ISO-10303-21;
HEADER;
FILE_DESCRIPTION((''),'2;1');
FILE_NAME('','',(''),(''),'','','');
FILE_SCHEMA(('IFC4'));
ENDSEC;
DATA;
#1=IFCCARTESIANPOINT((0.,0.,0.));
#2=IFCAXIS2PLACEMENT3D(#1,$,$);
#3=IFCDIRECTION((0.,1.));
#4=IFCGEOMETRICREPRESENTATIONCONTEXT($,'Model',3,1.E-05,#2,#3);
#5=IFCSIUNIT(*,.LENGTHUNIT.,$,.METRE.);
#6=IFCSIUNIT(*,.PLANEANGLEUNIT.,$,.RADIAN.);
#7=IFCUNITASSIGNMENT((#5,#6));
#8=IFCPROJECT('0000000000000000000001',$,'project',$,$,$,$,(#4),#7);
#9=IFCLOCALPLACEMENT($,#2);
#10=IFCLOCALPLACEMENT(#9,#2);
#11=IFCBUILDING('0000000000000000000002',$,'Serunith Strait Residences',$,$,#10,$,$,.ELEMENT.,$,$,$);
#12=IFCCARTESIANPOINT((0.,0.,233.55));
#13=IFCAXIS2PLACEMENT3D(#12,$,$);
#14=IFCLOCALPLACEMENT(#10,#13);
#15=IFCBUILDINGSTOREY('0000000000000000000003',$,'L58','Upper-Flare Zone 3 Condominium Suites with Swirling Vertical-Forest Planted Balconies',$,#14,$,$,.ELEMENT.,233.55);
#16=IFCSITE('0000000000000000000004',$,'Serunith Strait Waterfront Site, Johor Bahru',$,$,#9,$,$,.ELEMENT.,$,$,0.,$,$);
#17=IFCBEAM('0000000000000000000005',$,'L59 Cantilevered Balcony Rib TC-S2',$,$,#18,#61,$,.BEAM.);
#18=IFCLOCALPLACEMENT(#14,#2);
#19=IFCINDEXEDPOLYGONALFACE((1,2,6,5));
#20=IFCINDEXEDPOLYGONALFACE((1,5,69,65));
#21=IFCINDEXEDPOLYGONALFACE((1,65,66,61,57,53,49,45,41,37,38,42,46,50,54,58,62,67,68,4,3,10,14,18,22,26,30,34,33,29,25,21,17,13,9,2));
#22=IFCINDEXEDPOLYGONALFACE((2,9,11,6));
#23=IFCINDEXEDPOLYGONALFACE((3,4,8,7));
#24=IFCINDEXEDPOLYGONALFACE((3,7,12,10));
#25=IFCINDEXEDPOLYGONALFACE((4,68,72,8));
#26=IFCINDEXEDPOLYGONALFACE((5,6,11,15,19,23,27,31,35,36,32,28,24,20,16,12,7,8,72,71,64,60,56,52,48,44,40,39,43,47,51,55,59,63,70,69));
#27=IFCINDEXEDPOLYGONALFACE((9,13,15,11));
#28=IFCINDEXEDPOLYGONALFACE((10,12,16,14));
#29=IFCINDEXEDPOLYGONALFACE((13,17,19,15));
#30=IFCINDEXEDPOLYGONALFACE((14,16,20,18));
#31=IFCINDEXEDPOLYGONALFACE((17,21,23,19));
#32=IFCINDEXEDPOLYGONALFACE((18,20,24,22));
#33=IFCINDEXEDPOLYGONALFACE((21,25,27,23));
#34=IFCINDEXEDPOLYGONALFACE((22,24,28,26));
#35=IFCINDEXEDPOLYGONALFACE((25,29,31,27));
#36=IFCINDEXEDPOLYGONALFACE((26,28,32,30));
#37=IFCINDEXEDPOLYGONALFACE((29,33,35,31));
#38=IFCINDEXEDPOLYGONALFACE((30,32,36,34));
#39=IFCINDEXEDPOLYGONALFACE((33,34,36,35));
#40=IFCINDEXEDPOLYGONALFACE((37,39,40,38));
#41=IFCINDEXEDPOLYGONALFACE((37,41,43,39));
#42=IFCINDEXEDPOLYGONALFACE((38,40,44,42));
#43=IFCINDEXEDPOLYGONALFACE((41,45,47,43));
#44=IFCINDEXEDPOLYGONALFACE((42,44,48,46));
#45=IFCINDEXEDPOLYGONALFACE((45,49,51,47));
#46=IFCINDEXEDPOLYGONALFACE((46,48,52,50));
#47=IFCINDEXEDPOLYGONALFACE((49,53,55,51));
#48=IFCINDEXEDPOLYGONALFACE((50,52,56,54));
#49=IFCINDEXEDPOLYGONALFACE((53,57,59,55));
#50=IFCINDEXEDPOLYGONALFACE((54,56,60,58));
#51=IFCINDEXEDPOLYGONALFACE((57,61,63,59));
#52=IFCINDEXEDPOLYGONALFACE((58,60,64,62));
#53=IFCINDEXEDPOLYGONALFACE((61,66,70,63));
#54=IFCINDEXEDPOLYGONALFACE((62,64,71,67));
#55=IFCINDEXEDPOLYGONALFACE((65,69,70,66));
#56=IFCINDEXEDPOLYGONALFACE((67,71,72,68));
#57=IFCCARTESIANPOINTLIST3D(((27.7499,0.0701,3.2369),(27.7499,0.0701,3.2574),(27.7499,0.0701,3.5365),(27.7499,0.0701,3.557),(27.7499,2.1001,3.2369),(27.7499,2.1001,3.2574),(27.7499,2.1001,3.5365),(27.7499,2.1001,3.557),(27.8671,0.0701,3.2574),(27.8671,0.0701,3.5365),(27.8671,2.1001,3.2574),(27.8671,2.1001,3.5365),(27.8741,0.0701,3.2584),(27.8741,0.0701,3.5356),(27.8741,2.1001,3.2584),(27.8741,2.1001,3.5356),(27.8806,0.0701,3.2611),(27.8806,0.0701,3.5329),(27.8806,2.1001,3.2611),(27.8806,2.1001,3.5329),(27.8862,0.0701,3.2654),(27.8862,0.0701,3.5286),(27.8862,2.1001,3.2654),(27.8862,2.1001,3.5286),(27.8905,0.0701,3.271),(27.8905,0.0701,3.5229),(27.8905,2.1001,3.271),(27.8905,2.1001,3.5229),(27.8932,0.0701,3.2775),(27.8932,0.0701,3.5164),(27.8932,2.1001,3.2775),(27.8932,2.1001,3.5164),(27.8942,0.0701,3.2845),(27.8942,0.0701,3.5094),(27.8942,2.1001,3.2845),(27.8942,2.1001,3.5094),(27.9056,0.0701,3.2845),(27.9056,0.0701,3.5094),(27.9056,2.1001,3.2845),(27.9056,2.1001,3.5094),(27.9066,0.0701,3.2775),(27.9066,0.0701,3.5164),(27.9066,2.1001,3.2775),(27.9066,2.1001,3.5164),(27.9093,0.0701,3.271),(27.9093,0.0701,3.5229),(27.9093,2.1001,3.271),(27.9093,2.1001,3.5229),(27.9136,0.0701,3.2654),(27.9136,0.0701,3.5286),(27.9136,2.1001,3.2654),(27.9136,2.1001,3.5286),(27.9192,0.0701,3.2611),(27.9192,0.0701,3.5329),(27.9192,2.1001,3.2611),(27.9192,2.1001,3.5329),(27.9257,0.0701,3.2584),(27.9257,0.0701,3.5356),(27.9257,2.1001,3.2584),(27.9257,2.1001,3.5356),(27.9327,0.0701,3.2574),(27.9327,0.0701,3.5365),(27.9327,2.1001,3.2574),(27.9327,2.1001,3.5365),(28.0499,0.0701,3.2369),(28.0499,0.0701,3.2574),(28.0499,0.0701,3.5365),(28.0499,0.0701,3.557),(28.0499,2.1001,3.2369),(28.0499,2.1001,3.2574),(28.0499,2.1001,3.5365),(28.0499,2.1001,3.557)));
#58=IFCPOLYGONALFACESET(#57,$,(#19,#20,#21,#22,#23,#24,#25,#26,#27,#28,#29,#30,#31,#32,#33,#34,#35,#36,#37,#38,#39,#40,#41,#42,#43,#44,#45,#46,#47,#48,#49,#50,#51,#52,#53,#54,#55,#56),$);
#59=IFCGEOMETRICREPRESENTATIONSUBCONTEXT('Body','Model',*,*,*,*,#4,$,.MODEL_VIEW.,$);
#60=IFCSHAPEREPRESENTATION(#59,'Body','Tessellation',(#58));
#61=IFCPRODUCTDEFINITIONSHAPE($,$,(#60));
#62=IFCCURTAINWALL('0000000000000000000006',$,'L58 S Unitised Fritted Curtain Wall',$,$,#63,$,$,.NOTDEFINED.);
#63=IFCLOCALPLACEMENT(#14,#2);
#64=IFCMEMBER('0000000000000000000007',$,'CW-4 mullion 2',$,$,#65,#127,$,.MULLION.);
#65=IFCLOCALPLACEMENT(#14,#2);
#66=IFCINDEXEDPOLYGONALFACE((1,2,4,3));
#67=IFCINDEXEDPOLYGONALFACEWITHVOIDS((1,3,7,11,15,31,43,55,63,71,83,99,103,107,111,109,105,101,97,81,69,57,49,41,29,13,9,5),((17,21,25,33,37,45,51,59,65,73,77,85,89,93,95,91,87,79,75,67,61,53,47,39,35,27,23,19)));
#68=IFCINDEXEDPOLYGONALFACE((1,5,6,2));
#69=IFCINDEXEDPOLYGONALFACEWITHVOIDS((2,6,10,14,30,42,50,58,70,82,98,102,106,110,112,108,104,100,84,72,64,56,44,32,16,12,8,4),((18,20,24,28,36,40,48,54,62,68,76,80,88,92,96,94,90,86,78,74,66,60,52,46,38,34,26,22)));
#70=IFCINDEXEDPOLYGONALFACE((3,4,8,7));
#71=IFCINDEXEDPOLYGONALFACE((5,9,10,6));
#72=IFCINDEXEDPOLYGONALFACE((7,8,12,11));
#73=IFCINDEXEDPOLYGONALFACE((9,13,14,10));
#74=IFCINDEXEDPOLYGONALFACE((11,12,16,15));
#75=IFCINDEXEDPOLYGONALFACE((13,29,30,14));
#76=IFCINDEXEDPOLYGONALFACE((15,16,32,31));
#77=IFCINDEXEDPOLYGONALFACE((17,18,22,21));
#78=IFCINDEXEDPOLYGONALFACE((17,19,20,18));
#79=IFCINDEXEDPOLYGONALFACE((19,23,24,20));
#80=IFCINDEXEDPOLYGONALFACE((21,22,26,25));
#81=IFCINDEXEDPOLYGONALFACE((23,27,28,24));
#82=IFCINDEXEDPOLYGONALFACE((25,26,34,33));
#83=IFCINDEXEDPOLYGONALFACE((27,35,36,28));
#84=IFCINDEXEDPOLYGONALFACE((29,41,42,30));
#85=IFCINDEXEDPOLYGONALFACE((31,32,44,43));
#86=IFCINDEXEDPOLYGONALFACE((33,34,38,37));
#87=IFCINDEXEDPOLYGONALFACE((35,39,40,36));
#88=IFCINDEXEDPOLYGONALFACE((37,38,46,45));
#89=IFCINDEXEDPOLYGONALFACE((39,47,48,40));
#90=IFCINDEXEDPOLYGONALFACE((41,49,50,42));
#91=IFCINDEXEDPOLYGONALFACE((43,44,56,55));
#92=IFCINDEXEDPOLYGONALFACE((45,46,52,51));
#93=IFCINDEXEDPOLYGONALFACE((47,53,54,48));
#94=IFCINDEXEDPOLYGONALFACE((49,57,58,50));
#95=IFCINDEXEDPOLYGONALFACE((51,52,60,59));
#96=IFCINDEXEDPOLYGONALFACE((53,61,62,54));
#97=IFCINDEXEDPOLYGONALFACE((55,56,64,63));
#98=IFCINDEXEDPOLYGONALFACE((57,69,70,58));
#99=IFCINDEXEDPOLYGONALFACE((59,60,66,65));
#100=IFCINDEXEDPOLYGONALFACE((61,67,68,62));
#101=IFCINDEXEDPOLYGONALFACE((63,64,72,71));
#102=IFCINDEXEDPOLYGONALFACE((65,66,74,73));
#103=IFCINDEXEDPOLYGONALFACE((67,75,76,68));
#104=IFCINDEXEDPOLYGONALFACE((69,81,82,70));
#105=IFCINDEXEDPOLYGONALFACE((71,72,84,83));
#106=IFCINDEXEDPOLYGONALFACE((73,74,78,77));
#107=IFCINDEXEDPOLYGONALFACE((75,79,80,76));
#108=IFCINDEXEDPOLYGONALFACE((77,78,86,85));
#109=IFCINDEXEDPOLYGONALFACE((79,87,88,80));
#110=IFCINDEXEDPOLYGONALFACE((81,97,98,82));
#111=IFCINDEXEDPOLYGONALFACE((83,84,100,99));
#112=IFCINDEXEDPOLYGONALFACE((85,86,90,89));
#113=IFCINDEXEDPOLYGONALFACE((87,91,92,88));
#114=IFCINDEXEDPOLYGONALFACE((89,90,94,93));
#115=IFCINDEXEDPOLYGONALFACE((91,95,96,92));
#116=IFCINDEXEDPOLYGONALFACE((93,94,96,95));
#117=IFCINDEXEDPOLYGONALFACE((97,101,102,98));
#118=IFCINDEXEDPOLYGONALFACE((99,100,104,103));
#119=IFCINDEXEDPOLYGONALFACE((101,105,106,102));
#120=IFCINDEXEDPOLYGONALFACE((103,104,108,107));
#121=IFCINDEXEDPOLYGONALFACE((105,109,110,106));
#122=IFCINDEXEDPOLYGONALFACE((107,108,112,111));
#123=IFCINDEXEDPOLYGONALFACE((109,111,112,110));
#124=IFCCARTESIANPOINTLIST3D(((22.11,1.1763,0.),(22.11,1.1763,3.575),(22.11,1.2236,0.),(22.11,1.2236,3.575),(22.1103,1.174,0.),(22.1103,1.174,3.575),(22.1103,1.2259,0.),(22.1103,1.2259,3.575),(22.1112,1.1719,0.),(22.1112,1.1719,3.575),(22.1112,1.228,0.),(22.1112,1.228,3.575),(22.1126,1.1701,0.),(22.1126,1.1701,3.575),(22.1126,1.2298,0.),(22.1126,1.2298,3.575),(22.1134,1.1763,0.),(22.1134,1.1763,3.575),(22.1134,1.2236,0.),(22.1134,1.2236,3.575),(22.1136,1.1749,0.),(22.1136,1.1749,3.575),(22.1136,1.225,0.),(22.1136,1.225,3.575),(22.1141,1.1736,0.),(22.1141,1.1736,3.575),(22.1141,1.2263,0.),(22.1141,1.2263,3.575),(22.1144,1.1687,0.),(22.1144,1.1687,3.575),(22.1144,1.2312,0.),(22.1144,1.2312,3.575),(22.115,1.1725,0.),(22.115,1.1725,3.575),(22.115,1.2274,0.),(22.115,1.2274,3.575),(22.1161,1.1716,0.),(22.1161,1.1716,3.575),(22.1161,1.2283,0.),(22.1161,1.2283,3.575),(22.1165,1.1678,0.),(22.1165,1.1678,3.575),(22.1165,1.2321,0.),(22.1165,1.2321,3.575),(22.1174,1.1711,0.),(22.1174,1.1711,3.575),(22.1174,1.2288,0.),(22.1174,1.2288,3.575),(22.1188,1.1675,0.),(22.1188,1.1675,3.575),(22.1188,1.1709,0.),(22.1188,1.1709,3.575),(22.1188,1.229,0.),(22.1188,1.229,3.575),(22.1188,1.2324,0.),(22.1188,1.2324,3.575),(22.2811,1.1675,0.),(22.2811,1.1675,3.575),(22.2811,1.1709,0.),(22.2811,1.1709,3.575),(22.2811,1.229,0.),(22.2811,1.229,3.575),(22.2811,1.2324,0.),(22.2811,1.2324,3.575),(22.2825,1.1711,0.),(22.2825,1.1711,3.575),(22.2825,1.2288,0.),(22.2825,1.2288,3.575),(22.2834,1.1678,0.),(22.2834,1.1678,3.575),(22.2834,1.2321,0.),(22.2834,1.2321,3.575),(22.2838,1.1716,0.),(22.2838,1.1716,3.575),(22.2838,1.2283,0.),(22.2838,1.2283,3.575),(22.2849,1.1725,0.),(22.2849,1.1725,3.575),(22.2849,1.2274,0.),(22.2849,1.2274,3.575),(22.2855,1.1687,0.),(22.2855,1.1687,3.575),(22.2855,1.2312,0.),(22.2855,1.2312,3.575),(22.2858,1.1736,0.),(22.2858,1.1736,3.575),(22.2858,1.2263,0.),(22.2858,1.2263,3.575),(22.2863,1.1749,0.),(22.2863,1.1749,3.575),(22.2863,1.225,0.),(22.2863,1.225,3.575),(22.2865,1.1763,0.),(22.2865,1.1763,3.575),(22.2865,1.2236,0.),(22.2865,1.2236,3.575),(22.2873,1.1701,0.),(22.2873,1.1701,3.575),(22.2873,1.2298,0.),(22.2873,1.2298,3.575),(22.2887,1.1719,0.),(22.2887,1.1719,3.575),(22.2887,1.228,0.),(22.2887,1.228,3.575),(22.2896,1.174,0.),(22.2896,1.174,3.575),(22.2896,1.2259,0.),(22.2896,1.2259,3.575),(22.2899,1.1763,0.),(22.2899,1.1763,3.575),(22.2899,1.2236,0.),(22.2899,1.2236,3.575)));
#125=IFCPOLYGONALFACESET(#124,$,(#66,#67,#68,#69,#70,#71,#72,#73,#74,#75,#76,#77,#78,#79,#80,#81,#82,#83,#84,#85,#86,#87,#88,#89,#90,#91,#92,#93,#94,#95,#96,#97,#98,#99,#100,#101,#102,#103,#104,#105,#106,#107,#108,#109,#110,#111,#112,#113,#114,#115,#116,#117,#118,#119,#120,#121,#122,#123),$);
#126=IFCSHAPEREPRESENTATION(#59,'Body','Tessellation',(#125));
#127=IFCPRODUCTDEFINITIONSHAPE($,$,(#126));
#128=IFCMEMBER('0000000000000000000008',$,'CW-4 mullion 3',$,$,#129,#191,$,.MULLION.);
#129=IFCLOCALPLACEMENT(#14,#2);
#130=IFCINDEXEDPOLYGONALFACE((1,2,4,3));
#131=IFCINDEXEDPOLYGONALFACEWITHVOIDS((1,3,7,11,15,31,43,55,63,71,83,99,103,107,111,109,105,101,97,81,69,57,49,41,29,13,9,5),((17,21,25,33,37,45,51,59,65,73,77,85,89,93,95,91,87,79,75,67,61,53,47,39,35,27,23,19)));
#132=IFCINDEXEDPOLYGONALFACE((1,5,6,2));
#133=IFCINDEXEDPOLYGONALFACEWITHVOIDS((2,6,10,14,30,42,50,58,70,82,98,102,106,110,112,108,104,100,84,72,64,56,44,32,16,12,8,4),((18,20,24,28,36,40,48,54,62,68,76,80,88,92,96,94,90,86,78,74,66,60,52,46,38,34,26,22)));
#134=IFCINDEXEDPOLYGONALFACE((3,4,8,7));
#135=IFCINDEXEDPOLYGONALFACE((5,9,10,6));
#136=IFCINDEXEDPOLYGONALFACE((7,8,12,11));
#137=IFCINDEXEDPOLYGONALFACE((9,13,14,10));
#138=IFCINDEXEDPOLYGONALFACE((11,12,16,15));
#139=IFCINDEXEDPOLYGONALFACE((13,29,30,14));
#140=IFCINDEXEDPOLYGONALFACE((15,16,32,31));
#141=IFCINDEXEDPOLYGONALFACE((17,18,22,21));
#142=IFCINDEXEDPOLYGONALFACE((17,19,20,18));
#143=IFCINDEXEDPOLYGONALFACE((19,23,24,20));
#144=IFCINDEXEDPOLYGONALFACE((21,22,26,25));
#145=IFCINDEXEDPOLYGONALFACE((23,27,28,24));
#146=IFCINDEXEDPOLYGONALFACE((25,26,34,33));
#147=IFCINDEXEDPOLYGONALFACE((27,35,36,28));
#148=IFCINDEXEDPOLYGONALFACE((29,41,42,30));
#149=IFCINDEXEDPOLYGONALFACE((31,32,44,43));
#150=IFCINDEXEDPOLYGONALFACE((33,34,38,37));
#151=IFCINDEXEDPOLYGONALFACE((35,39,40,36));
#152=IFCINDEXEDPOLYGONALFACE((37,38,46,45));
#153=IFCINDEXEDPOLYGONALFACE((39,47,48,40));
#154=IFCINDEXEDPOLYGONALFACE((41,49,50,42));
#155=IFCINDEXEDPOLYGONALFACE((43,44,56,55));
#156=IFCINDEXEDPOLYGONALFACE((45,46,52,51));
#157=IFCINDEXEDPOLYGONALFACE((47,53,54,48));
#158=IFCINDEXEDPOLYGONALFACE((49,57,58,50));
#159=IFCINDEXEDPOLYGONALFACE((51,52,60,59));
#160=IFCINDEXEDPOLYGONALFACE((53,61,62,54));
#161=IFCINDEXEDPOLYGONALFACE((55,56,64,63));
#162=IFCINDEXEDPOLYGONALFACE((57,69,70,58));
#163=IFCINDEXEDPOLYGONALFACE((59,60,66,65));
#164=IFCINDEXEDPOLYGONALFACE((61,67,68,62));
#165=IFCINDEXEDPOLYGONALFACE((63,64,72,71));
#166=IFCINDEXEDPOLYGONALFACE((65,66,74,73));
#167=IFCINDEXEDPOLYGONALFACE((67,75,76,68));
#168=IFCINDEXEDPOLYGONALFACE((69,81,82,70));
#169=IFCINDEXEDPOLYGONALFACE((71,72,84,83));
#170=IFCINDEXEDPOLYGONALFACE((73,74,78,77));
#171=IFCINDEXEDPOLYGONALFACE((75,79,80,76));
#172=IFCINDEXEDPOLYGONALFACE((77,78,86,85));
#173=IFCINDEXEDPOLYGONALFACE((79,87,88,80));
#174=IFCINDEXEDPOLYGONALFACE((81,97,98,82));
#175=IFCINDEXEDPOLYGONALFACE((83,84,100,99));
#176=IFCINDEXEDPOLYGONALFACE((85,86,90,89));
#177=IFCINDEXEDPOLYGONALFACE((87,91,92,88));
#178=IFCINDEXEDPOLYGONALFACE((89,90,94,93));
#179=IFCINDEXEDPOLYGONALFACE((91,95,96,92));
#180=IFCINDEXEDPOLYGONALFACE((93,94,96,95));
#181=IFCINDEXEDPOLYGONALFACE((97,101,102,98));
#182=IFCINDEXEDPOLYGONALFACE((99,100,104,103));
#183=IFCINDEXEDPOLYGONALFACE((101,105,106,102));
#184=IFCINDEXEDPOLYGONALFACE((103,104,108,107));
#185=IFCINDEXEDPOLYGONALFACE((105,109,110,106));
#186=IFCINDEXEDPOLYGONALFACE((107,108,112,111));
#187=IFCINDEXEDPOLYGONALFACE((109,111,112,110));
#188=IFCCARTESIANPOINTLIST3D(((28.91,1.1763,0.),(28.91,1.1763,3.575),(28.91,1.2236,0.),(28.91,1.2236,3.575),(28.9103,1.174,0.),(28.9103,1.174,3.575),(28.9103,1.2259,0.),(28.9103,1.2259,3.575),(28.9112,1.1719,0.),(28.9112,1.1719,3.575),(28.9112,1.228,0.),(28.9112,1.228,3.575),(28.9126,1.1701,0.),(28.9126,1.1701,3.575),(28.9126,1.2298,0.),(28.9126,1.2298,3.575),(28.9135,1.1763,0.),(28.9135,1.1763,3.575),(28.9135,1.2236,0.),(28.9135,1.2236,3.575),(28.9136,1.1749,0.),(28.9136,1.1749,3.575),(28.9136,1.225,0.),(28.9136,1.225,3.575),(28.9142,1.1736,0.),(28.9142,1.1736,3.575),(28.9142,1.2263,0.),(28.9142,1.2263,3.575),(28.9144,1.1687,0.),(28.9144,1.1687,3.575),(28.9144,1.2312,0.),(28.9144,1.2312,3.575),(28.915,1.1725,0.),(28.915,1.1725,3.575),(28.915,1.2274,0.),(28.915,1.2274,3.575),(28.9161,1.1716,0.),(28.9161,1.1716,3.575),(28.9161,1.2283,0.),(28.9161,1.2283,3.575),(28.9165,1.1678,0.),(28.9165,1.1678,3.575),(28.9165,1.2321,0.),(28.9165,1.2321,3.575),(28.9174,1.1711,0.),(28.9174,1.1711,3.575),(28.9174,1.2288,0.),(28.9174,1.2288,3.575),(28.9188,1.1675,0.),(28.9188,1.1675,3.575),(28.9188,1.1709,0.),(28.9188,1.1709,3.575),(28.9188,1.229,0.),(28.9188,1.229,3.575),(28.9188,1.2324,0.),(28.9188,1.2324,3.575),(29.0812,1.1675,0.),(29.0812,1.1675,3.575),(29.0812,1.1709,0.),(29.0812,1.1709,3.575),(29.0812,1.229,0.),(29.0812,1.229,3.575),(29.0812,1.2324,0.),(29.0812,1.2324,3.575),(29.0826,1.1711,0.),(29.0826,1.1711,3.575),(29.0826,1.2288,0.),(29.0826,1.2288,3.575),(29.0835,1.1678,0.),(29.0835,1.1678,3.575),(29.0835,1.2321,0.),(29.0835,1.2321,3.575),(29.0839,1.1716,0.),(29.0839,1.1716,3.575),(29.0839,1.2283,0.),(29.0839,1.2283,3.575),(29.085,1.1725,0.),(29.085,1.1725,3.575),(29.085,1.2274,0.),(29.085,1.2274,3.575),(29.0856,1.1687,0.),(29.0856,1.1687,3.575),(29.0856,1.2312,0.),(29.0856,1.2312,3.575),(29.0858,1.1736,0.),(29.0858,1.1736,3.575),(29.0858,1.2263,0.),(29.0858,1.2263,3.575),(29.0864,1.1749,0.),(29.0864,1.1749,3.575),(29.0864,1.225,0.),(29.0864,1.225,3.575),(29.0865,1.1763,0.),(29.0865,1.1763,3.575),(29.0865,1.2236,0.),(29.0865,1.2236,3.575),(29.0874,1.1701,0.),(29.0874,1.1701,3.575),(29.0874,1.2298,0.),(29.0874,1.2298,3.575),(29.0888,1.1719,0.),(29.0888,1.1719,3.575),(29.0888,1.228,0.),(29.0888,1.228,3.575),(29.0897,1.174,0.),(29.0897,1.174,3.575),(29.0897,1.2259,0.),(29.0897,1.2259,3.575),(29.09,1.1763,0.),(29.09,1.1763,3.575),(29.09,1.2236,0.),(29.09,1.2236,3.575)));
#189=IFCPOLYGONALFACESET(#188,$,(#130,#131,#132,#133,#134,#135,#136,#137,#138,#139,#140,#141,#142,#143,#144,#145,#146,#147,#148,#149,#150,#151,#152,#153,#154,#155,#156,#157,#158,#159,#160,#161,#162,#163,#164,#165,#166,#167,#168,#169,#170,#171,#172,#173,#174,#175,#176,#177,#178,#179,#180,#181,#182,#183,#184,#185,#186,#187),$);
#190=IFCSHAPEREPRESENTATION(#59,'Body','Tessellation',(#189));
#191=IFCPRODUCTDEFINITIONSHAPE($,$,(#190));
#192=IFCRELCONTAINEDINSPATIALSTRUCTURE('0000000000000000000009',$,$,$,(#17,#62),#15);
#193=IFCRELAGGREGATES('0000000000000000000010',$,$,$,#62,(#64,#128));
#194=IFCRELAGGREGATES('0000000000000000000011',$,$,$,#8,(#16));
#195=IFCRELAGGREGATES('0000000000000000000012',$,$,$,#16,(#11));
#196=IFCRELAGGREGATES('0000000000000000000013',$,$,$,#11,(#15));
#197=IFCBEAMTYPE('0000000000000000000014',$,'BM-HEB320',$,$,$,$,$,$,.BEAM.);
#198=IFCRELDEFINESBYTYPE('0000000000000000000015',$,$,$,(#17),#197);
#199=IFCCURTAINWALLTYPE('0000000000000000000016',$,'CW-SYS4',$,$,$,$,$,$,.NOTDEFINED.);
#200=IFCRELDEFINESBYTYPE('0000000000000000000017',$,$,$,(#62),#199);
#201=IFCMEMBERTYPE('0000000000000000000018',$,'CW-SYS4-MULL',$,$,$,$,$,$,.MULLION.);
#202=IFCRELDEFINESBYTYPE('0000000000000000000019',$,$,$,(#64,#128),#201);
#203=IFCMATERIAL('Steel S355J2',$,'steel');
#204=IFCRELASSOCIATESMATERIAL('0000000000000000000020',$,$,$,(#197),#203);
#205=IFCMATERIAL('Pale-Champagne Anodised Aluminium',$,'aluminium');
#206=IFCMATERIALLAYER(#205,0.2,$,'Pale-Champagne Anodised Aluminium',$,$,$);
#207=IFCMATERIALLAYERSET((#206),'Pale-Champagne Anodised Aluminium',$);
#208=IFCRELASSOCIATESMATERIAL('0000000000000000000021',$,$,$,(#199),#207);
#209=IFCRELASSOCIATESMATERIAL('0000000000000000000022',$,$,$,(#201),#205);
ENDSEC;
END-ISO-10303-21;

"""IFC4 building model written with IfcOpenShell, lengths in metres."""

from ifc_helpers import new_model, si_unit, direction, frame, origin, origin_2d, place, context, subcontext, project, spatial, hollow_rectangle, i_section, extrude, source, transform, mapped, material, layer, layer_set, material_profile, profile_set, type_object, element, aggregate, save


model = new_model("IFC4")

# Units and contexts
model_context = context("Model", 3, precision=1e-05, world=origin(), true_north=direction((0.0, 1.0)))
body_context = subcontext(model_context, "Body", "Model", "MODEL_VIEW")
ifc_project = project(units=[si_unit("LENGTHUNIT", "METRE"), si_unit("PLANEANGLEUNIT", "RADIAN")], contexts=[model_context])

# Site, building, storey
site_placement = place(None, origin())
site = spatial("IfcSite", under=ifc_project, at=site_placement, Name="Serunith Strait Waterfront Site, Johor Bahru", CompositionType="ELEMENT", RefElevation=0.0)
building_placement = place(site_placement, origin())
building = spatial("IfcBuilding", under=site, at=building_placement, Name="Serunith Strait Residences", CompositionType="ELEMENT")
storey_placement = place(building_placement, frame((0.0, 0.0, 233.55)))
storey = spatial("IfcBuildingStorey", under=building, at=storey_placement, Name="L58", Description="Upper-Flare Zone 3 Condominium Suites with Swirling Vertical-Forest Planted Balconies", CompositionType="ELEMENT", Elevation=233.55)

# Beam
ifc_material_1 = material(Name="Steel S355J2", Category="steel")
ifc_material_profile_1 = material_profile(ifc_material_1, i_section(OverallWidth=0.3, OverallDepth=0.3201, WebThickness=0.0115, FlangeThickness=0.0205, FilletRadius=0.0271, at=origin_2d()), Name="HEB 320")
ifc_profile_set_1 = profile_set([ifc_material_profile_1], Name="Steel S355J2")
beam_type_1 = type_object("IfcBeamType", Name="BM-HEB320", PredefinedType="BEAM", material=ifc_profile_set_1)
shared_shape_1 = source(origin(), body_context, "Body", "SweptSolid", [
    extrude(i_section(OverallWidth=0.3, OverallDepth=0.3201, WebThickness=0.0115, FlangeThickness=0.0205, FilletRadius=0.0271, at=origin_2d()), origin(), (0.0, 0.0, 1.0), 2.03),
])
beam_1_placement = place(storey_placement, frame((27.8999, 2.1001, 3.397), z_axis=(0.0, -1.0, 0.0), x_axis=(1.0, 0.0, 0.0)))
element("IfcBeam", 1, at=beam_1_placement, inside=storey, type_object=beam_type_1, Name="L59 Cantilevered Balcony Rib TC-S2", PredefinedType="BEAM", context=body_context, shape_type="MappedRepresentation", body=[
    mapped(shared_shape_1, transform((0.0, 0.0, 0.0), scale=1.0)),
])

# Curtain wall, members
ifc_material_2 = material(Name="Pale-Champagne Anodised Aluminium", Category="aluminium")
ifc_layer_1 = layer(ifc_material_2, 0.2, Name="Pale-Champagne Anodised Aluminium")
ifc_layer_set_1 = layer_set([ifc_layer_1], Name="Pale-Champagne Anodised Aluminium")
curtain_wall_type = type_object("IfcCurtainWallType", Name="CW-SYS4", PredefinedType="NOTDEFINED", material=ifc_layer_set_1)
curtain_wall_placement = place(storey_placement, origin())
curtain_wall = element("IfcCurtainWall", 2, at=curtain_wall_placement, inside=storey, type_object=curtain_wall_type, Name="L58 S Unitised Fritted Curtain Wall", PredefinedType="NOTDEFINED")
ifc_material_profile_2 = material_profile(ifc_material_2, hollow_rectangle(XDim=0.0649, YDim=0.1799, WallThickness=0.0034, InnerFilletRadius=0.0054, OuterFilletRadius=0.0088, at=origin_2d()), Name="ALU 180x65x3.5")
ifc_profile_set_2 = profile_set([ifc_material_profile_2], Name="Pale-Champagne Anodised Aluminium")
member_type_1 = type_object("IfcMemberType", Name="CW-SYS4-MULL", PredefinedType="MULLION", material=ifc_profile_set_2)
shared_shape_2 = source(origin(), body_context, "Body", "SweptSolid", [
    extrude(hollow_rectangle(XDim=0.0649, YDim=0.1799, WallThickness=0.0034, InnerFilletRadius=0.0054, OuterFilletRadius=0.0088, at=origin_2d()), origin(), (0.0, 0.0, 1.0), 3.575),
])
member_1_placement = place(storey_placement, frame((22.2, 1.2, 0.0), z_axis=(0.0, 0.0, 1.0), x_axis=(0.0, 1.0, 0.0)))
member_1 = element("IfcMember", 3, at=member_1_placement, type_object=member_type_1, Name="CW-4 mullion 2", PredefinedType="MULLION", context=body_context, shape_type="MappedRepresentation", body=[
    mapped(shared_shape_2, transform((0.0, 0.0, 0.0), scale=1.0)),
])
member_2_placement = place(storey_placement, frame((29.0, 1.2, 0.0), z_axis=(0.0, 0.0, 1.0), x_axis=(0.0, 1.0, 0.0)))
member_2 = element("IfcMember", 4, at=member_2_placement, type_object=member_type_1, Name="CW-4 mullion 3", PredefinedType="MULLION", context=body_context, shape_type="MappedRepresentation", body=[
    mapped(shared_shape_2, transform((0.0, 0.0, 0.0), scale=1.0)),
])
aggregate(curtain_wall, [member_1, member_2])

save(model, "model.ifc")
